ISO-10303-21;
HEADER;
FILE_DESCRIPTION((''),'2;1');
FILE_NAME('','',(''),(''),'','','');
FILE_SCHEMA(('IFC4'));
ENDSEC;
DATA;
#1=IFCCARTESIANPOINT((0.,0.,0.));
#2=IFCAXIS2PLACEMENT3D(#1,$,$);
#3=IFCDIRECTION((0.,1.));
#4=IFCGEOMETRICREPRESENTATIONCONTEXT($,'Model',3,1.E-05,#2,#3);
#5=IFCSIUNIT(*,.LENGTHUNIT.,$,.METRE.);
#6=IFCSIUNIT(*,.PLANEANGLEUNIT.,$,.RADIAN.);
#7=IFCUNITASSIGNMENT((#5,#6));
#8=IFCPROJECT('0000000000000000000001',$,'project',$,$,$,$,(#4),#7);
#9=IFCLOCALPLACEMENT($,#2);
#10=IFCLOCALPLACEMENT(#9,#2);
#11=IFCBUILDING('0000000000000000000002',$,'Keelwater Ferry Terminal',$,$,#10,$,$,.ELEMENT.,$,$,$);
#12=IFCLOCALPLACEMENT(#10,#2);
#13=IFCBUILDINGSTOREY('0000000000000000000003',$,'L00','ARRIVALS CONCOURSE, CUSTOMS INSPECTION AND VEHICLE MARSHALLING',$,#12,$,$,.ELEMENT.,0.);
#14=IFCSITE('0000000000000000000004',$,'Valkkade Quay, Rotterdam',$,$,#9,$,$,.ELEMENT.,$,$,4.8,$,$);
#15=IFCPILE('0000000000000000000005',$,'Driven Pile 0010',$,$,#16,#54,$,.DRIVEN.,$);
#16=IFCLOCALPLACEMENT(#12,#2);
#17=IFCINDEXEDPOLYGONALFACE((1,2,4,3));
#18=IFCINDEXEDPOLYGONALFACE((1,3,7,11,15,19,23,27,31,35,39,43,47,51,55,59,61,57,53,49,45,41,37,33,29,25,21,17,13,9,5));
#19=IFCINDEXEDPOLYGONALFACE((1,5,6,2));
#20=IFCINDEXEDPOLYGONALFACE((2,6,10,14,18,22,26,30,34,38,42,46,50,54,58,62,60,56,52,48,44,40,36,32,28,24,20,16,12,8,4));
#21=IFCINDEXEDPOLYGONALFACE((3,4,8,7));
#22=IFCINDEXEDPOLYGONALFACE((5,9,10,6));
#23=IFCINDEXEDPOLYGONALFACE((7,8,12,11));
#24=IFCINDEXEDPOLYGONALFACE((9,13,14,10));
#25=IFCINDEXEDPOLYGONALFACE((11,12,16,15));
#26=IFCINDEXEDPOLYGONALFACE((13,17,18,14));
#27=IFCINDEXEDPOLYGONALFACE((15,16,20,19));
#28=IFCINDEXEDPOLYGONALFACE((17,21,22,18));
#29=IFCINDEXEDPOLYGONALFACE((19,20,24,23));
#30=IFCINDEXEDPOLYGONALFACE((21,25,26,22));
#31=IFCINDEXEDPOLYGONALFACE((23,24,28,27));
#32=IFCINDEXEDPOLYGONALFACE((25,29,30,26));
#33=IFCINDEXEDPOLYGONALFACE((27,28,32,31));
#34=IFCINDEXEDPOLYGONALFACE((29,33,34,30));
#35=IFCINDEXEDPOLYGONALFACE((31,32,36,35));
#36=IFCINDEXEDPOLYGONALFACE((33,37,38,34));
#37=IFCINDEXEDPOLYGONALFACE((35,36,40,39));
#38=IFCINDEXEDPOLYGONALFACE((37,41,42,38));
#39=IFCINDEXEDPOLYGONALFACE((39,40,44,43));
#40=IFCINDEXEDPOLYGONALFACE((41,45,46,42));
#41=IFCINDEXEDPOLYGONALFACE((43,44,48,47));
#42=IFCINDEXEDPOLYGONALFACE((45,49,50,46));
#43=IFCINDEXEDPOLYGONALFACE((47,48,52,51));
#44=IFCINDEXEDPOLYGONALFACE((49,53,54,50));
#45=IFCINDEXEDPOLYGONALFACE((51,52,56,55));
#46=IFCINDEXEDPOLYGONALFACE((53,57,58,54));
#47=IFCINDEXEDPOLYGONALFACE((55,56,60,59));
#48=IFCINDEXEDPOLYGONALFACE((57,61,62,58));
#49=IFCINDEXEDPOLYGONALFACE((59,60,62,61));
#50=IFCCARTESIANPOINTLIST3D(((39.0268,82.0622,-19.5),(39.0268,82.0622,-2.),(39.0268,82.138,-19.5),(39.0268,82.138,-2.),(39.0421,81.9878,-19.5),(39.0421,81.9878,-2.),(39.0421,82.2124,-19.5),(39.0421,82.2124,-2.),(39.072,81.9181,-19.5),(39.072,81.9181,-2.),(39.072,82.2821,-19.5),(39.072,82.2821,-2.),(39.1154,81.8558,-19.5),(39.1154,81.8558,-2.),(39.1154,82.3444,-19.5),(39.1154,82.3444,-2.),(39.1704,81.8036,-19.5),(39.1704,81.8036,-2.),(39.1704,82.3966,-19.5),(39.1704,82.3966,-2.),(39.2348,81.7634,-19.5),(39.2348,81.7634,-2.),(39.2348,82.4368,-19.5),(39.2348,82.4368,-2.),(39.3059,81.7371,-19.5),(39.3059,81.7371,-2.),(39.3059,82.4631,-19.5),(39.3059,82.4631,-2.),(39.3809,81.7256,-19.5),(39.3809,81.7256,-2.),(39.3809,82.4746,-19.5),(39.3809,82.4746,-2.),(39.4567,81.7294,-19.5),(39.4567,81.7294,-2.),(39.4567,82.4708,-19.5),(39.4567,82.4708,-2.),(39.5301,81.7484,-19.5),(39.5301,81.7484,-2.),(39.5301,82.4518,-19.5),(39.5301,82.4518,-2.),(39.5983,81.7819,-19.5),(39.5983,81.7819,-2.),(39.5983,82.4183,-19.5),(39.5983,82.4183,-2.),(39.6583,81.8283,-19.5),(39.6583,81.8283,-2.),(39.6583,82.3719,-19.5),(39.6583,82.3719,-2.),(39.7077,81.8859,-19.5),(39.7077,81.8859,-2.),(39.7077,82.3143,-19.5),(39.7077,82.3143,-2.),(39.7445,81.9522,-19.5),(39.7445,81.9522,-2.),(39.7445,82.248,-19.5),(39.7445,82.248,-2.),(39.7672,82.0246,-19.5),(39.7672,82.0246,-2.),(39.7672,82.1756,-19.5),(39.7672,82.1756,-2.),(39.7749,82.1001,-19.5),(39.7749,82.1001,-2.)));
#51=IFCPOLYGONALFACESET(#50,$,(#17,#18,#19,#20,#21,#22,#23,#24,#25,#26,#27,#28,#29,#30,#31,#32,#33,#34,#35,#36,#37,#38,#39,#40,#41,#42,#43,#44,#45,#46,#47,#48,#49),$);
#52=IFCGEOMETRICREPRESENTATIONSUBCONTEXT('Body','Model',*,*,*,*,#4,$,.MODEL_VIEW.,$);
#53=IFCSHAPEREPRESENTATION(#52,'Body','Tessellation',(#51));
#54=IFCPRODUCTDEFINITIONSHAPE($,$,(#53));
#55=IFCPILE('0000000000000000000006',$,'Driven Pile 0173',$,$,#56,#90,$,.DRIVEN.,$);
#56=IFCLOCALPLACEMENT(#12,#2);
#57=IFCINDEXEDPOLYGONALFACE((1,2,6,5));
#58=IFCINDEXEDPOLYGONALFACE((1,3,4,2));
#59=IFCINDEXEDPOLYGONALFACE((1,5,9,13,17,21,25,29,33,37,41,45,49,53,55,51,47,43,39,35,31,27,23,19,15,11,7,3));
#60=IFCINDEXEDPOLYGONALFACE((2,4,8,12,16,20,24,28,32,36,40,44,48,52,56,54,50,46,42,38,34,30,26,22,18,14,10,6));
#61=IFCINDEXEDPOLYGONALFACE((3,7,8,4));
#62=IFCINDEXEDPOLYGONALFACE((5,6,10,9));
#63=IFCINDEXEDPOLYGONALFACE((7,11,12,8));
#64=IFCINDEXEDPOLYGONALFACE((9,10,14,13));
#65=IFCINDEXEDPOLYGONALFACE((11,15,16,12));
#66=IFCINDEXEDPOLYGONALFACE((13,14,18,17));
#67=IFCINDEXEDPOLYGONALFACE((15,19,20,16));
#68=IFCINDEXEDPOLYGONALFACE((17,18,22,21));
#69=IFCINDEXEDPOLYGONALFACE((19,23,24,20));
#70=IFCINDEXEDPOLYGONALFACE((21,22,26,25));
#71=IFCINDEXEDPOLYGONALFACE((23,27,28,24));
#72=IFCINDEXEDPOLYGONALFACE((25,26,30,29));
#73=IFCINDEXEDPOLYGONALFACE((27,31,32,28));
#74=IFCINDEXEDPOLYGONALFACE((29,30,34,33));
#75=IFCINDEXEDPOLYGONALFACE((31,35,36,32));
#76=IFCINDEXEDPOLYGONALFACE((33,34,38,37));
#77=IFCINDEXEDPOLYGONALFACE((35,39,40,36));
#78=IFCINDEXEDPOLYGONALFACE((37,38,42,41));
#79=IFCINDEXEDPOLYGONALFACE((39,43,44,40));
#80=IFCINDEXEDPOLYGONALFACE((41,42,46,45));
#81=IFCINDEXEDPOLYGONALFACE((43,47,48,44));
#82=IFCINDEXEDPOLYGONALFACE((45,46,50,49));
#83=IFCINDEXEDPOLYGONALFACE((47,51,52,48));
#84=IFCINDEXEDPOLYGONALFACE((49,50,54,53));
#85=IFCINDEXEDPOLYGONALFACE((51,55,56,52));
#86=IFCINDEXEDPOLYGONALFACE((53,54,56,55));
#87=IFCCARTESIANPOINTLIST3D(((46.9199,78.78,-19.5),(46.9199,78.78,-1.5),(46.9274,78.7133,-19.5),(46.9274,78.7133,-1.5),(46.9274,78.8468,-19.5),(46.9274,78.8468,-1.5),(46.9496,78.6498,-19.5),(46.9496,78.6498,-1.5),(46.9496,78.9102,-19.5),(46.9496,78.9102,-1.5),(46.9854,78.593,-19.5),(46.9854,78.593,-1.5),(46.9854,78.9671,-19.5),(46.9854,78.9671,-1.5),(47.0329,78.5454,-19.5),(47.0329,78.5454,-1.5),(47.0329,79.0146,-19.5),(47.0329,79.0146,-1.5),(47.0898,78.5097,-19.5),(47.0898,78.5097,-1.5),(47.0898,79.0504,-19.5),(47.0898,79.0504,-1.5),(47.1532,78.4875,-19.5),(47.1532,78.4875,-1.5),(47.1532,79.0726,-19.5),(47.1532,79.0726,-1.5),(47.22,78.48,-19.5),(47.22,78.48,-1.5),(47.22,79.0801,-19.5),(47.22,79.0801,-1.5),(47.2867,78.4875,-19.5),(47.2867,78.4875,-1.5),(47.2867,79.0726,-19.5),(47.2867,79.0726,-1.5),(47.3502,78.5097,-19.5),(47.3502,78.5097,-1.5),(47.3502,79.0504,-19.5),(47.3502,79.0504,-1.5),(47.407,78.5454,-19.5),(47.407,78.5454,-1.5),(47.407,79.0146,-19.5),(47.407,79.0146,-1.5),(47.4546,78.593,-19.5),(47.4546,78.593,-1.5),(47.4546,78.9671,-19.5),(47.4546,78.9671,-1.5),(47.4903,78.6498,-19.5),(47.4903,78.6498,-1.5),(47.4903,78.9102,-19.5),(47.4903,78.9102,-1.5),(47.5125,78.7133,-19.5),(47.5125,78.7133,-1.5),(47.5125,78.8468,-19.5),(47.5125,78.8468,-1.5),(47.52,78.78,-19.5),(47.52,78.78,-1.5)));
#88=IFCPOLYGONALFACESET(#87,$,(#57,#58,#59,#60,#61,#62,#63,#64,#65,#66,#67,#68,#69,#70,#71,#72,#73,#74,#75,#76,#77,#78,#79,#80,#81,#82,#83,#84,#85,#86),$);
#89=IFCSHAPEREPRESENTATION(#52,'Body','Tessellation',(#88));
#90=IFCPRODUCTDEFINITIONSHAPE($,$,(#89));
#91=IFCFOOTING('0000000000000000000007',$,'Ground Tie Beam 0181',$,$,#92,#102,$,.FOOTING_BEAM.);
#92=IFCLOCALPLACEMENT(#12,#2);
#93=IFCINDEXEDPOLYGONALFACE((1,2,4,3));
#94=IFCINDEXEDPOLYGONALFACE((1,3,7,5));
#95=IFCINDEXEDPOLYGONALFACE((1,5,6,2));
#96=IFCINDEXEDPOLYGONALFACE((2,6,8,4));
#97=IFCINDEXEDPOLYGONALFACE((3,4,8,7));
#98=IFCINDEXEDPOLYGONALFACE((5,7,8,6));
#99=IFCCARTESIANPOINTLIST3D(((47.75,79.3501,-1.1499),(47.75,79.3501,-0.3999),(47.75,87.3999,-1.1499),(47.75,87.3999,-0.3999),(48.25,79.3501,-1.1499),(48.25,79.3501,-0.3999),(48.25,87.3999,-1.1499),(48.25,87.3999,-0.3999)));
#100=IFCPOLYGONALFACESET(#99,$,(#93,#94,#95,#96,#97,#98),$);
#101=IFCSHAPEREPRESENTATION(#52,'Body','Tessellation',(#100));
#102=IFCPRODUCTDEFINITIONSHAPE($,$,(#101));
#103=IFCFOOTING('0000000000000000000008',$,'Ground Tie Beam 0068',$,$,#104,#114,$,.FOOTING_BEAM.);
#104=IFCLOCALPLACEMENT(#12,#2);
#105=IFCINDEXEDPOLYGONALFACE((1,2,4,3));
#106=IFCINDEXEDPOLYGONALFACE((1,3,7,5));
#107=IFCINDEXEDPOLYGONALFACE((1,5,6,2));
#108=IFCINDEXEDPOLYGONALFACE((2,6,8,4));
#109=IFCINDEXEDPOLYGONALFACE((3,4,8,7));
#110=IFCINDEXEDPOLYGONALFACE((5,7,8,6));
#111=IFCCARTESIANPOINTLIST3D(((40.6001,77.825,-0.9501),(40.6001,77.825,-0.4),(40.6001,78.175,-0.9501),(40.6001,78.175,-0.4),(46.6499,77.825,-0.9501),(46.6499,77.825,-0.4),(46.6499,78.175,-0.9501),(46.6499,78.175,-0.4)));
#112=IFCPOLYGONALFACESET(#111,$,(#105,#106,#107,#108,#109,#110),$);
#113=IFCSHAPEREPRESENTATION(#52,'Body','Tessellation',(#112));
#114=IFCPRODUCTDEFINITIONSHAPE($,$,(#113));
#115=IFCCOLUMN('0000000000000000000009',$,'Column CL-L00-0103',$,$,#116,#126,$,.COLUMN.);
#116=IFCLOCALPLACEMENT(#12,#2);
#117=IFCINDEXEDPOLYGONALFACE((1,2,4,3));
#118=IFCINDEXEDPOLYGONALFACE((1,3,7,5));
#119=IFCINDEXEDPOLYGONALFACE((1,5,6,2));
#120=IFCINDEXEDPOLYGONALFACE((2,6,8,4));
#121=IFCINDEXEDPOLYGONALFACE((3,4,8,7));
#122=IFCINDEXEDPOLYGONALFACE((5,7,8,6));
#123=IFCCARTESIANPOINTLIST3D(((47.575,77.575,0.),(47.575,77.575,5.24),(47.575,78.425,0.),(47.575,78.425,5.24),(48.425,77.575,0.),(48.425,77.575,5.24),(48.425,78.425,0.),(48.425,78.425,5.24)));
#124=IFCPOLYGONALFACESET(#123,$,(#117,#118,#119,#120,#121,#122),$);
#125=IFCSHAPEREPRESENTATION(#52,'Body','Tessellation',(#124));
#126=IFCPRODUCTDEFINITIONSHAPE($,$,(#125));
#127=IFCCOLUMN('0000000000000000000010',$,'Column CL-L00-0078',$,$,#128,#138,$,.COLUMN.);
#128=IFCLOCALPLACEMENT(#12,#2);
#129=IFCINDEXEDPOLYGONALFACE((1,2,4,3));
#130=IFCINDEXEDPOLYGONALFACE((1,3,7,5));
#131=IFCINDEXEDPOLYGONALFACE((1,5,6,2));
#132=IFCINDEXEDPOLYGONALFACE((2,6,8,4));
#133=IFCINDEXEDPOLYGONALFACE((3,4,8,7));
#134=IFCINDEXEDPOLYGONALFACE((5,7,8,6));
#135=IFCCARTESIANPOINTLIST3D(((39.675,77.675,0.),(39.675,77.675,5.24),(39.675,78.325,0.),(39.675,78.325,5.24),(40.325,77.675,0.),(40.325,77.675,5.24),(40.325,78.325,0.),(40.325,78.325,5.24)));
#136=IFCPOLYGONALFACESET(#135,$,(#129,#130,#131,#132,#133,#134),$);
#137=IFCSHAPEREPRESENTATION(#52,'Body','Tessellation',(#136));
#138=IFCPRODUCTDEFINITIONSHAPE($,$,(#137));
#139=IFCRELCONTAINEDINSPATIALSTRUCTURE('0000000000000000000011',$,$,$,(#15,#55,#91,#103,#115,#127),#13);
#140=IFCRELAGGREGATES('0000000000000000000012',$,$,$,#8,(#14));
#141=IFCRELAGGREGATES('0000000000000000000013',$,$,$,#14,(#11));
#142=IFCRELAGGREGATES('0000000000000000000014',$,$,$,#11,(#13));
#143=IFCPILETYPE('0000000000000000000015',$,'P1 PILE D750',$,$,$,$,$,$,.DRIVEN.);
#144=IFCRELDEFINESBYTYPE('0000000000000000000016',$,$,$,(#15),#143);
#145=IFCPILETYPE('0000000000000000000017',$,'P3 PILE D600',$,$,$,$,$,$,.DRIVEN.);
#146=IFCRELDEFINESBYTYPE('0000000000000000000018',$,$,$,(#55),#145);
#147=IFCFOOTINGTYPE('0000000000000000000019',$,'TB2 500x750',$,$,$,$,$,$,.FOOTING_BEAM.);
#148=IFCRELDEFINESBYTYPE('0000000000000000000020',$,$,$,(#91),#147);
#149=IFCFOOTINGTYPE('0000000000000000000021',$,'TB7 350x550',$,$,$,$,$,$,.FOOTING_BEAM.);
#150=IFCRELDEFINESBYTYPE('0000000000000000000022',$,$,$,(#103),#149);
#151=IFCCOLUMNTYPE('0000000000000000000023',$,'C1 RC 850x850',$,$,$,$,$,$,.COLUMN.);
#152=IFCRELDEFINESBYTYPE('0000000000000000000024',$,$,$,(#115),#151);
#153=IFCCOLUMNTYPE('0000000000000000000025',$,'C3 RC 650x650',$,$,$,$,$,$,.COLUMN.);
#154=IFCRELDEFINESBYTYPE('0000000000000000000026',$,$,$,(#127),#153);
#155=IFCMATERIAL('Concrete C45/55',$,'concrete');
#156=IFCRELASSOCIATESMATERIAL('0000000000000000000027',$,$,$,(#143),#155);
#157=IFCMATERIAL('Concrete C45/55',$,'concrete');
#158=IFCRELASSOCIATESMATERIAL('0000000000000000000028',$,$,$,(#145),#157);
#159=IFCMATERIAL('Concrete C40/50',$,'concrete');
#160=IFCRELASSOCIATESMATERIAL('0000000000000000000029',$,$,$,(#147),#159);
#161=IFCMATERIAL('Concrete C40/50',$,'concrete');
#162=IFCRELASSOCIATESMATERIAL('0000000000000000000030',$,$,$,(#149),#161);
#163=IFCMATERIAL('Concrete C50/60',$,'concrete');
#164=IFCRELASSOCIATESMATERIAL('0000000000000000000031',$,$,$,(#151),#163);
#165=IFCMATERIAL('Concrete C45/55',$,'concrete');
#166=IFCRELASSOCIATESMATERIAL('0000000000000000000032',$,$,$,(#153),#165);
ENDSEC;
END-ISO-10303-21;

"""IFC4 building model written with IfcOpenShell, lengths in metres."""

from ifc_helpers import new_model, si_unit, direction, frame, origin, origin_2d, place, context, subcontext, project, spatial, rectangle, circle, extrude, material, material_profile, profile_set, type_object, element, save


model = new_model("IFC4")

# Units and contexts
model_context = context("Model", 3, precision=1e-05, world=origin(), true_north=direction((0.0, 1.0)))
body_context = subcontext(model_context, "Body", "Model", "MODEL_VIEW")
ifc_project = project(units=[si_unit("LENGTHUNIT", "METRE"), si_unit("PLANEANGLEUNIT", "RADIAN")], contexts=[model_context])

# Site, building, storey
site_placement = place(None, origin())
site = spatial("IfcSite", under=ifc_project, at=site_placement, Name="Valkkade Quay, Rotterdam", CompositionType="ELEMENT", RefElevation=4.8)
building_placement = place(site_placement, origin())
building = spatial("IfcBuilding", under=site, at=building_placement, Name="Keelwater Ferry Terminal", CompositionType="ELEMENT")
storey_placement = place(building_placement, origin())
storey = spatial("IfcBuildingStorey", under=building, at=storey_placement, Name="L00", Description="ARRIVALS CONCOURSE, CUSTOMS INSPECTION AND VEHICLE MARSHALLING", CompositionType="ELEMENT", Elevation=0.0)

# Piles
ifc_material_1 = material(Name="Concrete C45/55", Category="concrete")
ifc_material_profile_1 = material_profile(ifc_material_1, circle(Radius=0.375, at=origin_2d()), Name="PILE D750")
ifc_profile_set_1 = profile_set([ifc_material_profile_1], Name="Concrete C45/55")
pile_type_1 = type_object("IfcPileType", Name="P1 PILE D750", PredefinedType="DRIVEN", material=ifc_profile_set_1)
for number, where, z_axis, x_axis, name in (
    (1, (39.3999, 82.1001, -2.0), (0.0, 0.0, -1.0), (1.0, 0.0, 0.0), "Driven Pile 0010"),
):
    element("IfcPile", number, at=place(storey_placement, frame(where, z_axis=z_axis, x_axis=x_axis)), inside=storey, type_object=pile_type_1, Name=name, PredefinedType="DRIVEN", context=body_context, shape_type="SweptSolid", body=[
        extrude(circle(Radius=0.375, at=origin_2d()), origin(), (0.0, 0.0, 1.0), 17.5),
    ])
ifc_material_2 = material(Name="Concrete C45/55", Category="concrete")
ifc_material_profile_2 = material_profile(ifc_material_2, circle(Radius=0.3, at=origin_2d()), Name="PILE D600")
ifc_profile_set_2 = profile_set([ifc_material_profile_2], Name="Concrete C45/55")
pile_type_2 = type_object("IfcPileType", Name="P3 PILE D600", PredefinedType="DRIVEN", material=ifc_profile_set_2)
pile_placement = place(storey_placement, frame((47.22, 78.78, -1.5), z_axis=(0.0, 0.0, -1.0), x_axis=(1.0, 0.0, 0.0)))
element("IfcPile", 2, at=pile_placement, inside=storey, type_object=pile_type_2, Name="Driven Pile 0173", PredefinedType="DRIVEN", context=body_context, shape_type="SweptSolid", body=[
    extrude(circle(Radius=0.3, at=origin_2d()), origin(), (0.0, 0.0, 1.0), 18.0),
])

# Footings
ifc_material_3 = material(Name="Concrete C40/50", Category="concrete")
ifc_material_profile_3 = material_profile(ifc_material_3, rectangle(XDim=0.5, YDim=0.75, at=origin_2d()), Name="TB 500x750")
ifc_profile_set_3 = profile_set([ifc_material_profile_3], Name="Concrete C40/50")
footing_type_1 = type_object("IfcFootingType", Name="TB2 500x750", PredefinedType="FOOTING_BEAM", material=ifc_profile_set_3)
footing_1_placement = place(storey_placement, frame((48.0, 79.3501, -0.7749), z_axis=(0.0, 1.0, 0.0), x_axis=(-1.0, 0.0, 0.0)))
element("IfcFooting", 3, at=footing_1_placement, inside=storey, type_object=footing_type_1, Name="Ground Tie Beam 0181", PredefinedType="FOOTING_BEAM", context=body_context, shape_type="SweptSolid", body=[
    extrude(rectangle(XDim=0.5, YDim=0.75, at=origin_2d()), origin(), (0.0, 0.0, 1.0), 8.0498),
])
ifc_material_4 = material(Name="Concrete C40/50", Category="concrete")
ifc_material_profile_4 = material_profile(ifc_material_4, rectangle(XDim=0.3501, YDim=0.55, at=origin_2d()), Name="TB 350x550")
ifc_profile_set_4 = profile_set([ifc_material_profile_4], Name="Concrete C40/50")
footing_type_2 = type_object("IfcFootingType", Name="TB7 350x550", PredefinedType="FOOTING_BEAM", material=ifc_profile_set_4)
footing_2_placement = place(storey_placement, frame((40.6001, 78.0, -0.675), z_axis=(1.0, 0.0, 0.0), x_axis=(0.0, 1.0, 0.0)))
element("IfcFooting", 4, at=footing_2_placement, inside=storey, type_object=footing_type_2, Name="Ground Tie Beam 0068", PredefinedType="FOOTING_BEAM", context=body_context, shape_type="SweptSolid", body=[
    extrude(rectangle(XDim=0.3501, YDim=0.55, at=origin_2d()), origin(), (0.0, 0.0, 1.0), 6.0498),
])

# Columns
ifc_material_5 = material(Name="Concrete C50/60", Category="concrete")
ifc_material_profile_5 = material_profile(ifc_material_5, rectangle(XDim=0.8501, YDim=0.8501, at=origin_2d()), Name="RC 850x850")
ifc_profile_set_5 = profile_set([ifc_material_profile_5], Name="Concrete C50/60")
column_type_1 = type_object("IfcColumnType", Name="C1 RC 850x850", PredefinedType="COLUMN", material=ifc_profile_set_5)
column_1_placement = place(storey_placement, frame((48.0, 78.0, 0.0), z_axis=(0.0, 0.0, 1.0), x_axis=(1.0, 0.0, 0.0)))
element("IfcColumn", 5, at=column_1_placement, inside=storey, type_object=column_type_1, Name="Column CL-L00-0103", PredefinedType="COLUMN", context=body_context, shape_type="SweptSolid", body=[
    extrude(rectangle(XDim=0.8501, YDim=0.8501, at=origin_2d()), origin(), (0.0, 0.0, 1.0), 5.24),
])
ifc_material_6 = material(Name="Concrete C45/55", Category="concrete")
ifc_material_profile_6 = material_profile(ifc_material_6, rectangle(XDim=0.6499, YDim=0.6499, at=origin_2d()), Name="RC 650x650")
ifc_profile_set_6 = profile_set([ifc_material_profile_6], Name="Concrete C45/55")
column_type_2 = type_object("IfcColumnType", Name="C3 RC 650x650", PredefinedType="COLUMN", material=ifc_profile_set_6)
column_2_placement = place(storey_placement, frame((40.0, 78.0, 0.0), z_axis=(0.0, 0.0, 1.0), x_axis=(1.0, 0.0, 0.0)))
element("IfcColumn", 6, at=column_2_placement, inside=storey, type_object=column_type_2, Name="Column CL-L00-0078", PredefinedType="COLUMN", context=body_context, shape_type="SweptSolid", body=[
    extrude(rectangle(XDim=0.6499, YDim=0.6499, at=origin_2d()), origin(), (0.0, 0.0, 1.0), 5.24),
])

save(model, "model.ifc")
